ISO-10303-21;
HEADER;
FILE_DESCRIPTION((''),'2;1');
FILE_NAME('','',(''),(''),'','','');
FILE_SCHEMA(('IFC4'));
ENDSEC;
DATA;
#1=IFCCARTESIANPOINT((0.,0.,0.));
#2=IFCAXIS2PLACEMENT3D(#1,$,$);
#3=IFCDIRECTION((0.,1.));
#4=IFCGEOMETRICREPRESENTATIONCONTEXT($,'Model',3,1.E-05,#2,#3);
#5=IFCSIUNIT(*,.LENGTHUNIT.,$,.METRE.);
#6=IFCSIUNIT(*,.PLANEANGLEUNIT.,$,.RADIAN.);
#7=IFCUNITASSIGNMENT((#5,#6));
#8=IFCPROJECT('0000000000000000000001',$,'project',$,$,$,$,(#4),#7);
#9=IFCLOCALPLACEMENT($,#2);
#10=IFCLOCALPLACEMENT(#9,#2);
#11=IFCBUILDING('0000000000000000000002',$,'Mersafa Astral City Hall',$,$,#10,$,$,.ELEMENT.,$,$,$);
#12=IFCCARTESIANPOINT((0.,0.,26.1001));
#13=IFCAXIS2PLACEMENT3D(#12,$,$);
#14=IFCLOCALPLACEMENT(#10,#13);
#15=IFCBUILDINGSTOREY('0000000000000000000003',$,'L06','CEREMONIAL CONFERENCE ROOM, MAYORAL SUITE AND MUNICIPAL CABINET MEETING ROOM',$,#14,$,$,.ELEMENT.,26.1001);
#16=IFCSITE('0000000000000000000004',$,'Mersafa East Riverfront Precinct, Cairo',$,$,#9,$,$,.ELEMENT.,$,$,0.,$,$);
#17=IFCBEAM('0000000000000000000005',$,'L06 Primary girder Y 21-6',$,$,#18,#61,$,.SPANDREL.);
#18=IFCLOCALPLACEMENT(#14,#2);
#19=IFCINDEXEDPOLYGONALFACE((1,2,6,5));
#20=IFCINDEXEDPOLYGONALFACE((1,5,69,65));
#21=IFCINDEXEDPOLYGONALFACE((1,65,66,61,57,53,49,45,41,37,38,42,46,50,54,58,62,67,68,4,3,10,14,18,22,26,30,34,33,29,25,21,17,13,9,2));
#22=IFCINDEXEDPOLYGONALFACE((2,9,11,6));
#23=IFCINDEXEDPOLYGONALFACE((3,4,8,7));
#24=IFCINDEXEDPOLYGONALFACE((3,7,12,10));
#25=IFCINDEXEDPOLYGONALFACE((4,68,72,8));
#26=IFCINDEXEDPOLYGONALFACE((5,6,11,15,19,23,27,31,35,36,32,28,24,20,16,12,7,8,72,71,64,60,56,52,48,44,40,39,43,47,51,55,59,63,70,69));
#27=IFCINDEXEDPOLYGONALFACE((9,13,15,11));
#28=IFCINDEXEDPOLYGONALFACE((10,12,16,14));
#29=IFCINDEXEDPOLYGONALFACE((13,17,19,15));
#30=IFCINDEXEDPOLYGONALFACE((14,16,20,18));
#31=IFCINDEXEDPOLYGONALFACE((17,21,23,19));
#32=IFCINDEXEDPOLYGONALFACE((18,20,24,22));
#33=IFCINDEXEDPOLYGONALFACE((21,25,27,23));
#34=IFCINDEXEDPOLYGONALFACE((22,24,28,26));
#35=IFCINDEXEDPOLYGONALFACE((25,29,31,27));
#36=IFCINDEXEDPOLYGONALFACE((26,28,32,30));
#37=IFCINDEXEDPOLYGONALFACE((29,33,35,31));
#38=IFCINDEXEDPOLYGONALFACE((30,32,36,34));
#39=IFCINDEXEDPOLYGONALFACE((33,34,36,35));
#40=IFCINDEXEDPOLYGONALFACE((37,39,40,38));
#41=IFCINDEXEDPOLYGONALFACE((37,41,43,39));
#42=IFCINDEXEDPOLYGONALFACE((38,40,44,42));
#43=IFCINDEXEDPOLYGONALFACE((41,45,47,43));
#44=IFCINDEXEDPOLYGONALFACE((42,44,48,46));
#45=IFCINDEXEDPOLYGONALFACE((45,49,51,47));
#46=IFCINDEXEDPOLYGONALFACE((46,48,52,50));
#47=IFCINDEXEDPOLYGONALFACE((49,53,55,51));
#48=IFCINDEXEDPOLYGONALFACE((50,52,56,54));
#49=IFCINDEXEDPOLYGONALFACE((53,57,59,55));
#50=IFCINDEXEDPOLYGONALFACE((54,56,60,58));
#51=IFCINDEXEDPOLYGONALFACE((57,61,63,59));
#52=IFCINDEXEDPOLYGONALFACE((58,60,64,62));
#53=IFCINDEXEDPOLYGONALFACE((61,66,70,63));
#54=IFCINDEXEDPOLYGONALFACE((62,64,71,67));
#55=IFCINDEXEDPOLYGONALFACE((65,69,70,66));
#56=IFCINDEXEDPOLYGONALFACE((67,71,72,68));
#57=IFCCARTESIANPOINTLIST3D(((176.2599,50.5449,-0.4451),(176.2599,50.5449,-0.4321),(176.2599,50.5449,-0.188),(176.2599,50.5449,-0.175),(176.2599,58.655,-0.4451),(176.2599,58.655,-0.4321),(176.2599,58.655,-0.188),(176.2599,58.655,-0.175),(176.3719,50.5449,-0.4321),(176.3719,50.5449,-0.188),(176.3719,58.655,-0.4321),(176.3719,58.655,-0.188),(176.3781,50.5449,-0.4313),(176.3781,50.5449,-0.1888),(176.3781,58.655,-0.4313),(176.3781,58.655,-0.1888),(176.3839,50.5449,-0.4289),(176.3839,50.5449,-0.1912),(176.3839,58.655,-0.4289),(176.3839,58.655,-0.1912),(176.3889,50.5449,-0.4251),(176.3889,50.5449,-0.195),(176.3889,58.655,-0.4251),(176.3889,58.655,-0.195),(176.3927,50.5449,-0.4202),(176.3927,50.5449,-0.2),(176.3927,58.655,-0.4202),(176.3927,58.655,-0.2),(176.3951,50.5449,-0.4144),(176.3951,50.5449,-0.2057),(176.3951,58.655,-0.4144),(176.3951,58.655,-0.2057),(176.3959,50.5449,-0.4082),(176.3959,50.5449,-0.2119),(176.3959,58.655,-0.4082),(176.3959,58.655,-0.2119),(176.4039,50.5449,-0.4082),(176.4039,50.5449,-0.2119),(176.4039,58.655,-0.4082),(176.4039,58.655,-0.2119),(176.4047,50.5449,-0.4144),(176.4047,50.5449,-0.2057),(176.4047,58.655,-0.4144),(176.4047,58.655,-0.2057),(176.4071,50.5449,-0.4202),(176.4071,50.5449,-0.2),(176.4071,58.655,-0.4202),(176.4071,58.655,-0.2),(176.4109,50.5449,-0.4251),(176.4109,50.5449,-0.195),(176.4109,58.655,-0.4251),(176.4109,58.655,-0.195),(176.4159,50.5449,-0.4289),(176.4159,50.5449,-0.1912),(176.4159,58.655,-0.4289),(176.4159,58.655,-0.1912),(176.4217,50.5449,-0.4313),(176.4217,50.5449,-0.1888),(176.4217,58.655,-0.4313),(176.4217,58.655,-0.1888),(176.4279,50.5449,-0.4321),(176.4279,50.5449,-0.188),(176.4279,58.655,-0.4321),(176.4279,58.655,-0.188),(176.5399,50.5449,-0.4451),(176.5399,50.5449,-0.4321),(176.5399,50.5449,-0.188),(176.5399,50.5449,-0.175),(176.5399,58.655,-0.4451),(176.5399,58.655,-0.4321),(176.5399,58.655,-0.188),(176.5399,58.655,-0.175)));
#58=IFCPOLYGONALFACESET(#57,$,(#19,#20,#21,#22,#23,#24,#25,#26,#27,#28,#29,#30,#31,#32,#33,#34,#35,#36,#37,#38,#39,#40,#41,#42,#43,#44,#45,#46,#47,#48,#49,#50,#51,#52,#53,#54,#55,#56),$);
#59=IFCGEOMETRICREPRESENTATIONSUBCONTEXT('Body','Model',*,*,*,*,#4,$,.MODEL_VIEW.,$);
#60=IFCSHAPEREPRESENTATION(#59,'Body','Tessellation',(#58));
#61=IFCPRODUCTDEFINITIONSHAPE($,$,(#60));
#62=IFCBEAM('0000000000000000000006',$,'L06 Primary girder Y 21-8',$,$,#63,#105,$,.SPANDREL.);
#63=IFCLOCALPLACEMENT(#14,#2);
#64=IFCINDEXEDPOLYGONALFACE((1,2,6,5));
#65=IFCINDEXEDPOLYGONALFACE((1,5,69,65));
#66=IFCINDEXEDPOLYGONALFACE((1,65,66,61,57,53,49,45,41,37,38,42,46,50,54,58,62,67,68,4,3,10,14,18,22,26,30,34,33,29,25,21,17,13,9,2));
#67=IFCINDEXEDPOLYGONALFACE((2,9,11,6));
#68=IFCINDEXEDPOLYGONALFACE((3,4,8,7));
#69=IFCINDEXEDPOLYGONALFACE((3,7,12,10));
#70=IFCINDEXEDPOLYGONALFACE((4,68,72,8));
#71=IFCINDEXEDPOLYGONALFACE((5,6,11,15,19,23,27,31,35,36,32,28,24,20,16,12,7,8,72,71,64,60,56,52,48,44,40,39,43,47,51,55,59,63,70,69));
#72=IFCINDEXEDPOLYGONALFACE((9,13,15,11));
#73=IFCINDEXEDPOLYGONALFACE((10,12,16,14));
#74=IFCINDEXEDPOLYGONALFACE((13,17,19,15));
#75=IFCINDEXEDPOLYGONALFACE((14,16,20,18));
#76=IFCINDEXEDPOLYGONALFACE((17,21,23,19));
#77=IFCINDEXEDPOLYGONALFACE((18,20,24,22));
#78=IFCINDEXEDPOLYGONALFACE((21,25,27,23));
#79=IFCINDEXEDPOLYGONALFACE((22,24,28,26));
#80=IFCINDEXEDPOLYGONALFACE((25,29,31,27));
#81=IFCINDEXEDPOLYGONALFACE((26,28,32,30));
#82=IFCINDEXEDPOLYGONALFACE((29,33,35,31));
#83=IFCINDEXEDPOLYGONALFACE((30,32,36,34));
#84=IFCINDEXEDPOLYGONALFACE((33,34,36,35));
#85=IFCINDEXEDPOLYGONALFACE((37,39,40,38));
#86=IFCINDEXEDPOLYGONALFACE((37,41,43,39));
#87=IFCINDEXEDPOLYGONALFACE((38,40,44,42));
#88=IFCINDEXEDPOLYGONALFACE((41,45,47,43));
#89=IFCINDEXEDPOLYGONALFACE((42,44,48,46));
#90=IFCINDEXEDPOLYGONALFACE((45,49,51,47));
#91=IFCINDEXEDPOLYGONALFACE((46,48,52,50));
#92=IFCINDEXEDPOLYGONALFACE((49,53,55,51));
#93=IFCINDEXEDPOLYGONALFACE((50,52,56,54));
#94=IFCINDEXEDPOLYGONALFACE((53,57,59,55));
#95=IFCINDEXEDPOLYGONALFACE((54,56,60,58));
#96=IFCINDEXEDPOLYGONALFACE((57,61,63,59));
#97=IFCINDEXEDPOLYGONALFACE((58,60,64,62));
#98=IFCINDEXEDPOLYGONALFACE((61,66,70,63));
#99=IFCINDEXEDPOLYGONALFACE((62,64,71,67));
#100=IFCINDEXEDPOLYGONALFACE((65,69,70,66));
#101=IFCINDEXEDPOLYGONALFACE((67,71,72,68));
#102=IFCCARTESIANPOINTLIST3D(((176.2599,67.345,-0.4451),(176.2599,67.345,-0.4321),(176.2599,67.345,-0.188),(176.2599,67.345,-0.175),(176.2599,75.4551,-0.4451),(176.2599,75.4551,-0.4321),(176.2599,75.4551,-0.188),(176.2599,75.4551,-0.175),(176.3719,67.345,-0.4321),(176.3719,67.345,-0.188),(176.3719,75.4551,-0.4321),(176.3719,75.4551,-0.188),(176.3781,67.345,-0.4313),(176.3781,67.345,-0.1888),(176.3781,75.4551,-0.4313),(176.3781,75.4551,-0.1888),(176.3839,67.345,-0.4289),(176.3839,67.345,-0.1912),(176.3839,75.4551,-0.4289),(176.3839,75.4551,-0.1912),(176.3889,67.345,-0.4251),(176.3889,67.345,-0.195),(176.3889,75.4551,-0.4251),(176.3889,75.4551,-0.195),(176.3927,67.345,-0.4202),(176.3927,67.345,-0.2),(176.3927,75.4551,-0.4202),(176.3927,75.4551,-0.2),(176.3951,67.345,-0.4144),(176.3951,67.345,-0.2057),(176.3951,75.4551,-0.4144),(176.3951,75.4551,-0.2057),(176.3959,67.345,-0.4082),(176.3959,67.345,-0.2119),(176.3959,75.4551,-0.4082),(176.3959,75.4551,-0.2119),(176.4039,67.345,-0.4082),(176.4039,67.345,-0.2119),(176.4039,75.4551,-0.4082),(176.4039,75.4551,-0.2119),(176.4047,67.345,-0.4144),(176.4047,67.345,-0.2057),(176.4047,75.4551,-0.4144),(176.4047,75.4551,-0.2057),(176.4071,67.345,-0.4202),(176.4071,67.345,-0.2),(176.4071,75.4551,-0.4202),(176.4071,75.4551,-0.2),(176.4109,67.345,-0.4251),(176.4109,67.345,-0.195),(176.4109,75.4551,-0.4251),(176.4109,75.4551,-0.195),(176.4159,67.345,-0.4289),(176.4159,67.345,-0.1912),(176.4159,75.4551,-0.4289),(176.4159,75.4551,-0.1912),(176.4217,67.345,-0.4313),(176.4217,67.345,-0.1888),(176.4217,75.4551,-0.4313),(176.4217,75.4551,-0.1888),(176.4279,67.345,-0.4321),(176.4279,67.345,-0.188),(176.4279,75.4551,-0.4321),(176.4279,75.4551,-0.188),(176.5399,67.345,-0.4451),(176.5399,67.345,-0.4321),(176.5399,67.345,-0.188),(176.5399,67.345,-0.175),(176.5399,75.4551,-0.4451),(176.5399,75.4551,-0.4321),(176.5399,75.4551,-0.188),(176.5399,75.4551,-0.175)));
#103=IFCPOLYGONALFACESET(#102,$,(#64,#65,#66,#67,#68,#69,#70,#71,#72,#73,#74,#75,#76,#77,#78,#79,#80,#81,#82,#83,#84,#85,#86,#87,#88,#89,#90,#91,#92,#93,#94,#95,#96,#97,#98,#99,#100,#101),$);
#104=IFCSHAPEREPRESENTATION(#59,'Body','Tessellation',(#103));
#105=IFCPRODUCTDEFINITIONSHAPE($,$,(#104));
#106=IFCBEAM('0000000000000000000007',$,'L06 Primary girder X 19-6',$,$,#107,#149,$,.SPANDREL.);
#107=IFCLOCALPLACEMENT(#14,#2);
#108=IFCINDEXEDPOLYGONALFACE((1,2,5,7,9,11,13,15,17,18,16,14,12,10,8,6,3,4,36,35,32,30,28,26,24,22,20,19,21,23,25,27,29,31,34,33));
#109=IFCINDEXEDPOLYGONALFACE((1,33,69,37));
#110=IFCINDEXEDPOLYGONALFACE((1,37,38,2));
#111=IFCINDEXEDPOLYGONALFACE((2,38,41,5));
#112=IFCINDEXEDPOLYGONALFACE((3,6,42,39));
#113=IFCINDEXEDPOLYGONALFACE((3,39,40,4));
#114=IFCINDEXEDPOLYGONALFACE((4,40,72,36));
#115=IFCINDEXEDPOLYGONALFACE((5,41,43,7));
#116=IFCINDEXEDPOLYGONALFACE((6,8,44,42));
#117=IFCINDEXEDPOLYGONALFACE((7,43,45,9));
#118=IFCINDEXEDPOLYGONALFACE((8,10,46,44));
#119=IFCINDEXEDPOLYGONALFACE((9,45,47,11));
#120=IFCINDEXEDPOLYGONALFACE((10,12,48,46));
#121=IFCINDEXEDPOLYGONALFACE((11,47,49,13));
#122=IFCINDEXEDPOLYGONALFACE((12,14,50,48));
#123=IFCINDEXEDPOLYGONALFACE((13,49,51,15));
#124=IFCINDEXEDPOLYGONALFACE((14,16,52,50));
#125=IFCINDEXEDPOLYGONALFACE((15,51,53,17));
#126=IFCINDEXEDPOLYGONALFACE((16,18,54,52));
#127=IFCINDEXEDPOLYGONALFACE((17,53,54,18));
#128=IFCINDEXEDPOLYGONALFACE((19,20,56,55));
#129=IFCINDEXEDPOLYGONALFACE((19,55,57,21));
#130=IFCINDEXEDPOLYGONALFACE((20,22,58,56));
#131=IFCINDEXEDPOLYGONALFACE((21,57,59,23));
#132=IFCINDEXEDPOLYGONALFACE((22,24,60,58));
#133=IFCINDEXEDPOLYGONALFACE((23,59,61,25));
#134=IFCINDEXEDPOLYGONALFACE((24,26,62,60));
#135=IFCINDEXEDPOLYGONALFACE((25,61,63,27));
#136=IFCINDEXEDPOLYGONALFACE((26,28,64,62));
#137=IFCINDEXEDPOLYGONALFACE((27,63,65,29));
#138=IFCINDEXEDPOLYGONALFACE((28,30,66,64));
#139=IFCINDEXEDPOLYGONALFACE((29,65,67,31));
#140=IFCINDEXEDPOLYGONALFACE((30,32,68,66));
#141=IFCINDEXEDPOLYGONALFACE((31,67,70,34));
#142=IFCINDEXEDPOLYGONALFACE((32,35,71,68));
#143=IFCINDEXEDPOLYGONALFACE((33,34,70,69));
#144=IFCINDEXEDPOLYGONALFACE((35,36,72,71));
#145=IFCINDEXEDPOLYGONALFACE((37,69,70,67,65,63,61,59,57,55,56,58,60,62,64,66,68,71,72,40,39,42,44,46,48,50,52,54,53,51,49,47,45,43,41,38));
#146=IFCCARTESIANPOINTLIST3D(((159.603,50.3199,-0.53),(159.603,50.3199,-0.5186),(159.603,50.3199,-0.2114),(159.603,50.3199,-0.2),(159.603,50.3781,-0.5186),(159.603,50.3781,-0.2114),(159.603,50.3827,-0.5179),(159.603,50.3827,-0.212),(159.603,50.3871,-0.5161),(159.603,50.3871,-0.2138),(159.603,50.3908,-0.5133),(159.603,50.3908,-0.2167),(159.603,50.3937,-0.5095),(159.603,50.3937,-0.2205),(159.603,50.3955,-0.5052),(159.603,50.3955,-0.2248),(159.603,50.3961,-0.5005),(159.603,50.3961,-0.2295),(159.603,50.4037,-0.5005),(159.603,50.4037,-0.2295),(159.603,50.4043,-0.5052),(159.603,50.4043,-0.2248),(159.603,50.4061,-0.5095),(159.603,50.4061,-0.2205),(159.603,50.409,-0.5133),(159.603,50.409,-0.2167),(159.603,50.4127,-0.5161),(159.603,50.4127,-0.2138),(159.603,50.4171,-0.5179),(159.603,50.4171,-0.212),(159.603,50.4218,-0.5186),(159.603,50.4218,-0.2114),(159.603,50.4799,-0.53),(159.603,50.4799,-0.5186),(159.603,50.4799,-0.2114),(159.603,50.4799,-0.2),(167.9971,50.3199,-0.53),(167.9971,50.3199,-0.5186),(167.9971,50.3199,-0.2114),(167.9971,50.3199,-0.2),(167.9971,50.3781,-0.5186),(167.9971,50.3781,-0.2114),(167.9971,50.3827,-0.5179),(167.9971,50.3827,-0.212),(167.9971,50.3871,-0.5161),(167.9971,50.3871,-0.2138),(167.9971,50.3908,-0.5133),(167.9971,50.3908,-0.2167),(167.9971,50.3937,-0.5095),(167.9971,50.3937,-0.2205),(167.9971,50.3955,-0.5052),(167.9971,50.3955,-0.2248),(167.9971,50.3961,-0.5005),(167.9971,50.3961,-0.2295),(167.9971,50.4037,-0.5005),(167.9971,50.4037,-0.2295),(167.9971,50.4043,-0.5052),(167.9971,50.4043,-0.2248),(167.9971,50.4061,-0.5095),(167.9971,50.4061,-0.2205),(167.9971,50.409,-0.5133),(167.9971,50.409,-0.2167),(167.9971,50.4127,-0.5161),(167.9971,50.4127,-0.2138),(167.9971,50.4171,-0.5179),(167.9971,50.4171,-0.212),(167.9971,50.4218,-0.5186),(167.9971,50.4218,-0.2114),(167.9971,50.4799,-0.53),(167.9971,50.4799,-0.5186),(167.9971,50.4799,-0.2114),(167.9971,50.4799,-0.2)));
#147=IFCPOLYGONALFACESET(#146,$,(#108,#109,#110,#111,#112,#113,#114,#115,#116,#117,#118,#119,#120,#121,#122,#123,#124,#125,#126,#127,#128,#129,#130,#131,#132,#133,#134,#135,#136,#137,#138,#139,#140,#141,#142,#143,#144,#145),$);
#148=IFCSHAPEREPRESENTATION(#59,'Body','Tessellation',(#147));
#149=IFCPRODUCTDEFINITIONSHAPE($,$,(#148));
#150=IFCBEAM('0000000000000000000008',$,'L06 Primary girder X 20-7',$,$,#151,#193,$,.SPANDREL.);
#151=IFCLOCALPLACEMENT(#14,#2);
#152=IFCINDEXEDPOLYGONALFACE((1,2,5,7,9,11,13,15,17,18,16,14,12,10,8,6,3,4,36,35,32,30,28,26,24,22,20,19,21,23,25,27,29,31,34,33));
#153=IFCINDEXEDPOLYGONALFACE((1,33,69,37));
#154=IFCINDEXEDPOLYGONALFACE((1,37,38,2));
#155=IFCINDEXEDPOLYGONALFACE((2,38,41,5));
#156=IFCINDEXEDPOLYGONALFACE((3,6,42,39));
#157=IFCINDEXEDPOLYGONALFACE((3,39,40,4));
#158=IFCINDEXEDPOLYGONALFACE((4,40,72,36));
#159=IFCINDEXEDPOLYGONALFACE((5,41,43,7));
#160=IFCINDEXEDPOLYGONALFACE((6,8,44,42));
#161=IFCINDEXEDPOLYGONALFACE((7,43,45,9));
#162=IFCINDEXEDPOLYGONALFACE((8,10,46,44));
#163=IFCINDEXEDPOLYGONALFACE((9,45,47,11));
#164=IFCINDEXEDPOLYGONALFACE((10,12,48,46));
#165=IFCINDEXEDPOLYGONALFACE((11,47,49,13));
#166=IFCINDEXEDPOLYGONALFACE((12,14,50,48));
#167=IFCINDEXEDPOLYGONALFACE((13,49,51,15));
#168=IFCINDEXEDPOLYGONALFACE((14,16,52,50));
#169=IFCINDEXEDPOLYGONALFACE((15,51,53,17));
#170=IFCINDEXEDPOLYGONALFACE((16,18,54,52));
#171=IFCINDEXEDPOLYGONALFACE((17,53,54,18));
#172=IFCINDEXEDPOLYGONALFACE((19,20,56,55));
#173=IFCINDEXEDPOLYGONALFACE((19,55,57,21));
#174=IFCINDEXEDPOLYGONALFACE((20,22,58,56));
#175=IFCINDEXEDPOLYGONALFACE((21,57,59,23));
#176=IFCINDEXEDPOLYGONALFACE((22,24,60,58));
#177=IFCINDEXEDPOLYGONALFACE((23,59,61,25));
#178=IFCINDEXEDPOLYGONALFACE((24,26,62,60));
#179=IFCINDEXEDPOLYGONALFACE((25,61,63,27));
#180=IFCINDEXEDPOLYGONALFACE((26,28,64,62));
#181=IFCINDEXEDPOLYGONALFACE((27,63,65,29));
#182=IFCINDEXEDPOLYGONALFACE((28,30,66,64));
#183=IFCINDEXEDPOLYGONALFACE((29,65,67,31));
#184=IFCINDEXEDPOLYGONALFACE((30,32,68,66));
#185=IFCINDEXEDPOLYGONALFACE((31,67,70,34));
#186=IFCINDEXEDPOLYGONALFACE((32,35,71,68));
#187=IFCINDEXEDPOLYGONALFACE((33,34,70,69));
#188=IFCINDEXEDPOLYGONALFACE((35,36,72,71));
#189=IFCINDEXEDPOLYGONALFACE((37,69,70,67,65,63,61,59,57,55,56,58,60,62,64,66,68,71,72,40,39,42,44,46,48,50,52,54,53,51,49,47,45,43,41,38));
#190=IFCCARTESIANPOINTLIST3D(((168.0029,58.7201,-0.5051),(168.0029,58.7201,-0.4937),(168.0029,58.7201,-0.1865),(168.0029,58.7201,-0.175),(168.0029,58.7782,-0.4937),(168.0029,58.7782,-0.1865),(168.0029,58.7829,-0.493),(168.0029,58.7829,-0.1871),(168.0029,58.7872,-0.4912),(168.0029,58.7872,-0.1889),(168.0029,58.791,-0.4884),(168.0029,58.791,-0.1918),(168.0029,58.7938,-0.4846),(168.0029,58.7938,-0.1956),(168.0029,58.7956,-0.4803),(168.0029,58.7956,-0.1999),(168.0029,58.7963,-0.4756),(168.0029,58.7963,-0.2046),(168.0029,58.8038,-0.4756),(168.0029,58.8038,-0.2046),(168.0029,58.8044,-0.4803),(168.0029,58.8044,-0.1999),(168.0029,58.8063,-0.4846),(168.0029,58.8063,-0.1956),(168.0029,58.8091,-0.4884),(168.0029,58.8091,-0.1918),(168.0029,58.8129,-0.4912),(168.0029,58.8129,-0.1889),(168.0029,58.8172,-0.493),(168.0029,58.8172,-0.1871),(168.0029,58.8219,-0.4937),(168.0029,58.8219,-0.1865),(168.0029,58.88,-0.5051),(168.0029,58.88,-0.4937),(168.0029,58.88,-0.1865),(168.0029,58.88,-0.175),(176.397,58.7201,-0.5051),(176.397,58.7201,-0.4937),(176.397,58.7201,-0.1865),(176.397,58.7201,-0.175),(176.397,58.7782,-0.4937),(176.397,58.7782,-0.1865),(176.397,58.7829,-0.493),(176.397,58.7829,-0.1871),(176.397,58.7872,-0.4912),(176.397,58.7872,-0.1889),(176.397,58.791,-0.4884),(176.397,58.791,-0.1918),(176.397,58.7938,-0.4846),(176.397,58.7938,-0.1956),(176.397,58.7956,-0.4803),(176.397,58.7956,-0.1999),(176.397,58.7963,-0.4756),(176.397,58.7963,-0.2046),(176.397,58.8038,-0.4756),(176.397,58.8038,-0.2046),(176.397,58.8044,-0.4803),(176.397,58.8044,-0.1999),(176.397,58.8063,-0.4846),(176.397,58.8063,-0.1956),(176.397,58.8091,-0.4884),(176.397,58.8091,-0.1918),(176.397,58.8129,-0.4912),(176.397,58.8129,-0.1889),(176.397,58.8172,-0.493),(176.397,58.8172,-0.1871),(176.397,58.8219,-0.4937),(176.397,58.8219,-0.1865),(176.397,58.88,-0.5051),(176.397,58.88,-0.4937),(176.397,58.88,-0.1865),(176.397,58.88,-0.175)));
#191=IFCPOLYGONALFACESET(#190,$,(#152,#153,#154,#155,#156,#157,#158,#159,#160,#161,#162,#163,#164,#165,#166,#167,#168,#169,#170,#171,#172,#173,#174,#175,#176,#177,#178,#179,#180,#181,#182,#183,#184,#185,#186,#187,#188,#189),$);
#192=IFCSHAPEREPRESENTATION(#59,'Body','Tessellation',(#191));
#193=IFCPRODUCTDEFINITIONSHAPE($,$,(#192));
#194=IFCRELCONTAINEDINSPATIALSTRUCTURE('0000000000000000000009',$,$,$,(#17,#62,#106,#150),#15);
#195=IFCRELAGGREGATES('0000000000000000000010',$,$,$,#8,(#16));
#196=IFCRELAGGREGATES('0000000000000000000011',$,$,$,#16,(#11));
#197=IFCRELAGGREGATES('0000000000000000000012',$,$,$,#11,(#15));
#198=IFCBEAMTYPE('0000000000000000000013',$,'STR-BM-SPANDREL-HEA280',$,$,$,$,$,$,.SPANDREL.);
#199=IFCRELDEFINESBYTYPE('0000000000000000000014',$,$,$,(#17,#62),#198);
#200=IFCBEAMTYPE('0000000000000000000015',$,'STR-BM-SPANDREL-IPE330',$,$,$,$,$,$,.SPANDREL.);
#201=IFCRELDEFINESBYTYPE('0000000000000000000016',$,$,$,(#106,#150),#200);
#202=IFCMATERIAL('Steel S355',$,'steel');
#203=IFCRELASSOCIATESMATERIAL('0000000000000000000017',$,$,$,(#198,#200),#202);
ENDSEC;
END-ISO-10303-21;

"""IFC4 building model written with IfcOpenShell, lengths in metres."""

from ifc_helpers import new_model, si_unit, direction, frame, origin, origin_2d, place, context, subcontext, project, spatial, i_section, extrude, material, material_profile, profile_set, type_object, element, save


model = new_model("IFC4")

# Units and contexts
model_context = context("Model", 3, precision=1e-05, world=origin(), true_north=direction((0.0, 1.0)))
body_context = subcontext(model_context, "Body", "Model", "MODEL_VIEW")
ifc_project = project(units=[si_unit("LENGTHUNIT", "METRE"), si_unit("PLANEANGLEUNIT", "RADIAN")], contexts=[model_context])

# Site, building, storey
site_placement = place(None, origin())
site = spatial("IfcSite", under=ifc_project, at=site_placement, Name="Mersafa East Riverfront Precinct, Cairo", CompositionType="ELEMENT", RefElevation=0.0)
building_placement = place(site_placement, origin())
building = spatial("IfcBuilding", under=site, at=building_placement, Name="Mersafa Astral City Hall", CompositionType="ELEMENT")
storey_placement = place(building_placement, frame((0.0, 0.0, 26.1001)))
storey = spatial("IfcBuildingStorey", under=building, at=storey_placement, Name="L06", Description="CEREMONIAL CONFERENCE ROOM, MAYORAL SUITE AND MUNICIPAL CABINET MEETING ROOM", CompositionType="ELEMENT", Elevation=26.1001)

# Beams
ifc_material_1 = material(Name="Steel S355", Category="steel")
ifc_material_profile_1 = material_profile(ifc_material_1, i_section(OverallWidth=0.28, OverallDepth=0.27, WebThickness=0.0081, FlangeThickness=0.0129, FilletRadius=0.0239, at=origin_2d()), Name="HEA 280")
ifc_profile_set_1 = profile_set([ifc_material_profile_1], Name="Steel S355")
beam_type_1 = type_object("IfcBeamType", Name="STR-BM-SPANDREL-HEA280", PredefinedType="SPANDREL", material=ifc_profile_set_1)
for number, where, z_axis, x_axis, name in (
    (1, (176.3999, 50.5449, -0.3101), (0.0, 1.0, 0.0), (-1.0, 0.0, 0.0), "L06 Primary girder Y 21-6"),
    (2, (176.3999, 67.345, -0.3101), (0.0, 1.0, 0.0), (-1.0, 0.0, 0.0), "L06 Primary girder Y 21-8"),
):
    element("IfcBeam", number, at=place(storey_placement, frame(where, z_axis=z_axis, x_axis=x_axis)), inside=storey, type_object=beam_type_1, Name=name, PredefinedType="SPANDREL", context=body_context, shape_type="SweptSolid", body=[
        extrude(i_section(OverallWidth=0.28, OverallDepth=0.27, WebThickness=0.0081, FlangeThickness=0.0129, FilletRadius=0.0239, at=origin_2d()), origin(), (0.0, 0.0, 1.0), 8.1101),
    ])
ifc_material_profile_2 = material_profile(ifc_material_1, i_section(OverallWidth=0.1599, OverallDepth=0.3301, WebThickness=0.0076, FlangeThickness=0.0115, FilletRadius=0.0181, at=origin_2d()), Name="IPE 330")
ifc_profile_set_2 = profile_set([ifc_material_profile_2], Name="Steel S355")
beam_type_2 = type_object("IfcBeamType", Name="STR-BM-SPANDREL-IPE330", PredefinedType="SPANDREL", material=ifc_profile_set_2)
for number, where, z_axis, x_axis, name in (
    (3, (159.603, 50.3999, -0.365), (1.0, 0.0, 0.0), (0.0, 1.0, 0.0), "L06 Primary girder X 19-6"),
    (4, (168.0029, 58.8, -0.3401), (1.0, 0.0, 0.0), (0.0, 1.0, 0.0), "L06 Primary girder X 20-7"),
):
    element("IfcBeam", number, at=place(storey_placement, frame(where, z_axis=z_axis, x_axis=x_axis)), inside=storey, type_object=beam_type_2, Name=name, PredefinedType="SPANDREL", context=body_context, shape_type="SweptSolid", body=[
        extrude(i_section(OverallWidth=0.1599, OverallDepth=0.3301, WebThickness=0.0076, FlangeThickness=0.0115, FilletRadius=0.0181, at=origin_2d()), origin(), (0.0, 0.0, 1.0), 8.394),
    ])

save(model, "model.ifc")
